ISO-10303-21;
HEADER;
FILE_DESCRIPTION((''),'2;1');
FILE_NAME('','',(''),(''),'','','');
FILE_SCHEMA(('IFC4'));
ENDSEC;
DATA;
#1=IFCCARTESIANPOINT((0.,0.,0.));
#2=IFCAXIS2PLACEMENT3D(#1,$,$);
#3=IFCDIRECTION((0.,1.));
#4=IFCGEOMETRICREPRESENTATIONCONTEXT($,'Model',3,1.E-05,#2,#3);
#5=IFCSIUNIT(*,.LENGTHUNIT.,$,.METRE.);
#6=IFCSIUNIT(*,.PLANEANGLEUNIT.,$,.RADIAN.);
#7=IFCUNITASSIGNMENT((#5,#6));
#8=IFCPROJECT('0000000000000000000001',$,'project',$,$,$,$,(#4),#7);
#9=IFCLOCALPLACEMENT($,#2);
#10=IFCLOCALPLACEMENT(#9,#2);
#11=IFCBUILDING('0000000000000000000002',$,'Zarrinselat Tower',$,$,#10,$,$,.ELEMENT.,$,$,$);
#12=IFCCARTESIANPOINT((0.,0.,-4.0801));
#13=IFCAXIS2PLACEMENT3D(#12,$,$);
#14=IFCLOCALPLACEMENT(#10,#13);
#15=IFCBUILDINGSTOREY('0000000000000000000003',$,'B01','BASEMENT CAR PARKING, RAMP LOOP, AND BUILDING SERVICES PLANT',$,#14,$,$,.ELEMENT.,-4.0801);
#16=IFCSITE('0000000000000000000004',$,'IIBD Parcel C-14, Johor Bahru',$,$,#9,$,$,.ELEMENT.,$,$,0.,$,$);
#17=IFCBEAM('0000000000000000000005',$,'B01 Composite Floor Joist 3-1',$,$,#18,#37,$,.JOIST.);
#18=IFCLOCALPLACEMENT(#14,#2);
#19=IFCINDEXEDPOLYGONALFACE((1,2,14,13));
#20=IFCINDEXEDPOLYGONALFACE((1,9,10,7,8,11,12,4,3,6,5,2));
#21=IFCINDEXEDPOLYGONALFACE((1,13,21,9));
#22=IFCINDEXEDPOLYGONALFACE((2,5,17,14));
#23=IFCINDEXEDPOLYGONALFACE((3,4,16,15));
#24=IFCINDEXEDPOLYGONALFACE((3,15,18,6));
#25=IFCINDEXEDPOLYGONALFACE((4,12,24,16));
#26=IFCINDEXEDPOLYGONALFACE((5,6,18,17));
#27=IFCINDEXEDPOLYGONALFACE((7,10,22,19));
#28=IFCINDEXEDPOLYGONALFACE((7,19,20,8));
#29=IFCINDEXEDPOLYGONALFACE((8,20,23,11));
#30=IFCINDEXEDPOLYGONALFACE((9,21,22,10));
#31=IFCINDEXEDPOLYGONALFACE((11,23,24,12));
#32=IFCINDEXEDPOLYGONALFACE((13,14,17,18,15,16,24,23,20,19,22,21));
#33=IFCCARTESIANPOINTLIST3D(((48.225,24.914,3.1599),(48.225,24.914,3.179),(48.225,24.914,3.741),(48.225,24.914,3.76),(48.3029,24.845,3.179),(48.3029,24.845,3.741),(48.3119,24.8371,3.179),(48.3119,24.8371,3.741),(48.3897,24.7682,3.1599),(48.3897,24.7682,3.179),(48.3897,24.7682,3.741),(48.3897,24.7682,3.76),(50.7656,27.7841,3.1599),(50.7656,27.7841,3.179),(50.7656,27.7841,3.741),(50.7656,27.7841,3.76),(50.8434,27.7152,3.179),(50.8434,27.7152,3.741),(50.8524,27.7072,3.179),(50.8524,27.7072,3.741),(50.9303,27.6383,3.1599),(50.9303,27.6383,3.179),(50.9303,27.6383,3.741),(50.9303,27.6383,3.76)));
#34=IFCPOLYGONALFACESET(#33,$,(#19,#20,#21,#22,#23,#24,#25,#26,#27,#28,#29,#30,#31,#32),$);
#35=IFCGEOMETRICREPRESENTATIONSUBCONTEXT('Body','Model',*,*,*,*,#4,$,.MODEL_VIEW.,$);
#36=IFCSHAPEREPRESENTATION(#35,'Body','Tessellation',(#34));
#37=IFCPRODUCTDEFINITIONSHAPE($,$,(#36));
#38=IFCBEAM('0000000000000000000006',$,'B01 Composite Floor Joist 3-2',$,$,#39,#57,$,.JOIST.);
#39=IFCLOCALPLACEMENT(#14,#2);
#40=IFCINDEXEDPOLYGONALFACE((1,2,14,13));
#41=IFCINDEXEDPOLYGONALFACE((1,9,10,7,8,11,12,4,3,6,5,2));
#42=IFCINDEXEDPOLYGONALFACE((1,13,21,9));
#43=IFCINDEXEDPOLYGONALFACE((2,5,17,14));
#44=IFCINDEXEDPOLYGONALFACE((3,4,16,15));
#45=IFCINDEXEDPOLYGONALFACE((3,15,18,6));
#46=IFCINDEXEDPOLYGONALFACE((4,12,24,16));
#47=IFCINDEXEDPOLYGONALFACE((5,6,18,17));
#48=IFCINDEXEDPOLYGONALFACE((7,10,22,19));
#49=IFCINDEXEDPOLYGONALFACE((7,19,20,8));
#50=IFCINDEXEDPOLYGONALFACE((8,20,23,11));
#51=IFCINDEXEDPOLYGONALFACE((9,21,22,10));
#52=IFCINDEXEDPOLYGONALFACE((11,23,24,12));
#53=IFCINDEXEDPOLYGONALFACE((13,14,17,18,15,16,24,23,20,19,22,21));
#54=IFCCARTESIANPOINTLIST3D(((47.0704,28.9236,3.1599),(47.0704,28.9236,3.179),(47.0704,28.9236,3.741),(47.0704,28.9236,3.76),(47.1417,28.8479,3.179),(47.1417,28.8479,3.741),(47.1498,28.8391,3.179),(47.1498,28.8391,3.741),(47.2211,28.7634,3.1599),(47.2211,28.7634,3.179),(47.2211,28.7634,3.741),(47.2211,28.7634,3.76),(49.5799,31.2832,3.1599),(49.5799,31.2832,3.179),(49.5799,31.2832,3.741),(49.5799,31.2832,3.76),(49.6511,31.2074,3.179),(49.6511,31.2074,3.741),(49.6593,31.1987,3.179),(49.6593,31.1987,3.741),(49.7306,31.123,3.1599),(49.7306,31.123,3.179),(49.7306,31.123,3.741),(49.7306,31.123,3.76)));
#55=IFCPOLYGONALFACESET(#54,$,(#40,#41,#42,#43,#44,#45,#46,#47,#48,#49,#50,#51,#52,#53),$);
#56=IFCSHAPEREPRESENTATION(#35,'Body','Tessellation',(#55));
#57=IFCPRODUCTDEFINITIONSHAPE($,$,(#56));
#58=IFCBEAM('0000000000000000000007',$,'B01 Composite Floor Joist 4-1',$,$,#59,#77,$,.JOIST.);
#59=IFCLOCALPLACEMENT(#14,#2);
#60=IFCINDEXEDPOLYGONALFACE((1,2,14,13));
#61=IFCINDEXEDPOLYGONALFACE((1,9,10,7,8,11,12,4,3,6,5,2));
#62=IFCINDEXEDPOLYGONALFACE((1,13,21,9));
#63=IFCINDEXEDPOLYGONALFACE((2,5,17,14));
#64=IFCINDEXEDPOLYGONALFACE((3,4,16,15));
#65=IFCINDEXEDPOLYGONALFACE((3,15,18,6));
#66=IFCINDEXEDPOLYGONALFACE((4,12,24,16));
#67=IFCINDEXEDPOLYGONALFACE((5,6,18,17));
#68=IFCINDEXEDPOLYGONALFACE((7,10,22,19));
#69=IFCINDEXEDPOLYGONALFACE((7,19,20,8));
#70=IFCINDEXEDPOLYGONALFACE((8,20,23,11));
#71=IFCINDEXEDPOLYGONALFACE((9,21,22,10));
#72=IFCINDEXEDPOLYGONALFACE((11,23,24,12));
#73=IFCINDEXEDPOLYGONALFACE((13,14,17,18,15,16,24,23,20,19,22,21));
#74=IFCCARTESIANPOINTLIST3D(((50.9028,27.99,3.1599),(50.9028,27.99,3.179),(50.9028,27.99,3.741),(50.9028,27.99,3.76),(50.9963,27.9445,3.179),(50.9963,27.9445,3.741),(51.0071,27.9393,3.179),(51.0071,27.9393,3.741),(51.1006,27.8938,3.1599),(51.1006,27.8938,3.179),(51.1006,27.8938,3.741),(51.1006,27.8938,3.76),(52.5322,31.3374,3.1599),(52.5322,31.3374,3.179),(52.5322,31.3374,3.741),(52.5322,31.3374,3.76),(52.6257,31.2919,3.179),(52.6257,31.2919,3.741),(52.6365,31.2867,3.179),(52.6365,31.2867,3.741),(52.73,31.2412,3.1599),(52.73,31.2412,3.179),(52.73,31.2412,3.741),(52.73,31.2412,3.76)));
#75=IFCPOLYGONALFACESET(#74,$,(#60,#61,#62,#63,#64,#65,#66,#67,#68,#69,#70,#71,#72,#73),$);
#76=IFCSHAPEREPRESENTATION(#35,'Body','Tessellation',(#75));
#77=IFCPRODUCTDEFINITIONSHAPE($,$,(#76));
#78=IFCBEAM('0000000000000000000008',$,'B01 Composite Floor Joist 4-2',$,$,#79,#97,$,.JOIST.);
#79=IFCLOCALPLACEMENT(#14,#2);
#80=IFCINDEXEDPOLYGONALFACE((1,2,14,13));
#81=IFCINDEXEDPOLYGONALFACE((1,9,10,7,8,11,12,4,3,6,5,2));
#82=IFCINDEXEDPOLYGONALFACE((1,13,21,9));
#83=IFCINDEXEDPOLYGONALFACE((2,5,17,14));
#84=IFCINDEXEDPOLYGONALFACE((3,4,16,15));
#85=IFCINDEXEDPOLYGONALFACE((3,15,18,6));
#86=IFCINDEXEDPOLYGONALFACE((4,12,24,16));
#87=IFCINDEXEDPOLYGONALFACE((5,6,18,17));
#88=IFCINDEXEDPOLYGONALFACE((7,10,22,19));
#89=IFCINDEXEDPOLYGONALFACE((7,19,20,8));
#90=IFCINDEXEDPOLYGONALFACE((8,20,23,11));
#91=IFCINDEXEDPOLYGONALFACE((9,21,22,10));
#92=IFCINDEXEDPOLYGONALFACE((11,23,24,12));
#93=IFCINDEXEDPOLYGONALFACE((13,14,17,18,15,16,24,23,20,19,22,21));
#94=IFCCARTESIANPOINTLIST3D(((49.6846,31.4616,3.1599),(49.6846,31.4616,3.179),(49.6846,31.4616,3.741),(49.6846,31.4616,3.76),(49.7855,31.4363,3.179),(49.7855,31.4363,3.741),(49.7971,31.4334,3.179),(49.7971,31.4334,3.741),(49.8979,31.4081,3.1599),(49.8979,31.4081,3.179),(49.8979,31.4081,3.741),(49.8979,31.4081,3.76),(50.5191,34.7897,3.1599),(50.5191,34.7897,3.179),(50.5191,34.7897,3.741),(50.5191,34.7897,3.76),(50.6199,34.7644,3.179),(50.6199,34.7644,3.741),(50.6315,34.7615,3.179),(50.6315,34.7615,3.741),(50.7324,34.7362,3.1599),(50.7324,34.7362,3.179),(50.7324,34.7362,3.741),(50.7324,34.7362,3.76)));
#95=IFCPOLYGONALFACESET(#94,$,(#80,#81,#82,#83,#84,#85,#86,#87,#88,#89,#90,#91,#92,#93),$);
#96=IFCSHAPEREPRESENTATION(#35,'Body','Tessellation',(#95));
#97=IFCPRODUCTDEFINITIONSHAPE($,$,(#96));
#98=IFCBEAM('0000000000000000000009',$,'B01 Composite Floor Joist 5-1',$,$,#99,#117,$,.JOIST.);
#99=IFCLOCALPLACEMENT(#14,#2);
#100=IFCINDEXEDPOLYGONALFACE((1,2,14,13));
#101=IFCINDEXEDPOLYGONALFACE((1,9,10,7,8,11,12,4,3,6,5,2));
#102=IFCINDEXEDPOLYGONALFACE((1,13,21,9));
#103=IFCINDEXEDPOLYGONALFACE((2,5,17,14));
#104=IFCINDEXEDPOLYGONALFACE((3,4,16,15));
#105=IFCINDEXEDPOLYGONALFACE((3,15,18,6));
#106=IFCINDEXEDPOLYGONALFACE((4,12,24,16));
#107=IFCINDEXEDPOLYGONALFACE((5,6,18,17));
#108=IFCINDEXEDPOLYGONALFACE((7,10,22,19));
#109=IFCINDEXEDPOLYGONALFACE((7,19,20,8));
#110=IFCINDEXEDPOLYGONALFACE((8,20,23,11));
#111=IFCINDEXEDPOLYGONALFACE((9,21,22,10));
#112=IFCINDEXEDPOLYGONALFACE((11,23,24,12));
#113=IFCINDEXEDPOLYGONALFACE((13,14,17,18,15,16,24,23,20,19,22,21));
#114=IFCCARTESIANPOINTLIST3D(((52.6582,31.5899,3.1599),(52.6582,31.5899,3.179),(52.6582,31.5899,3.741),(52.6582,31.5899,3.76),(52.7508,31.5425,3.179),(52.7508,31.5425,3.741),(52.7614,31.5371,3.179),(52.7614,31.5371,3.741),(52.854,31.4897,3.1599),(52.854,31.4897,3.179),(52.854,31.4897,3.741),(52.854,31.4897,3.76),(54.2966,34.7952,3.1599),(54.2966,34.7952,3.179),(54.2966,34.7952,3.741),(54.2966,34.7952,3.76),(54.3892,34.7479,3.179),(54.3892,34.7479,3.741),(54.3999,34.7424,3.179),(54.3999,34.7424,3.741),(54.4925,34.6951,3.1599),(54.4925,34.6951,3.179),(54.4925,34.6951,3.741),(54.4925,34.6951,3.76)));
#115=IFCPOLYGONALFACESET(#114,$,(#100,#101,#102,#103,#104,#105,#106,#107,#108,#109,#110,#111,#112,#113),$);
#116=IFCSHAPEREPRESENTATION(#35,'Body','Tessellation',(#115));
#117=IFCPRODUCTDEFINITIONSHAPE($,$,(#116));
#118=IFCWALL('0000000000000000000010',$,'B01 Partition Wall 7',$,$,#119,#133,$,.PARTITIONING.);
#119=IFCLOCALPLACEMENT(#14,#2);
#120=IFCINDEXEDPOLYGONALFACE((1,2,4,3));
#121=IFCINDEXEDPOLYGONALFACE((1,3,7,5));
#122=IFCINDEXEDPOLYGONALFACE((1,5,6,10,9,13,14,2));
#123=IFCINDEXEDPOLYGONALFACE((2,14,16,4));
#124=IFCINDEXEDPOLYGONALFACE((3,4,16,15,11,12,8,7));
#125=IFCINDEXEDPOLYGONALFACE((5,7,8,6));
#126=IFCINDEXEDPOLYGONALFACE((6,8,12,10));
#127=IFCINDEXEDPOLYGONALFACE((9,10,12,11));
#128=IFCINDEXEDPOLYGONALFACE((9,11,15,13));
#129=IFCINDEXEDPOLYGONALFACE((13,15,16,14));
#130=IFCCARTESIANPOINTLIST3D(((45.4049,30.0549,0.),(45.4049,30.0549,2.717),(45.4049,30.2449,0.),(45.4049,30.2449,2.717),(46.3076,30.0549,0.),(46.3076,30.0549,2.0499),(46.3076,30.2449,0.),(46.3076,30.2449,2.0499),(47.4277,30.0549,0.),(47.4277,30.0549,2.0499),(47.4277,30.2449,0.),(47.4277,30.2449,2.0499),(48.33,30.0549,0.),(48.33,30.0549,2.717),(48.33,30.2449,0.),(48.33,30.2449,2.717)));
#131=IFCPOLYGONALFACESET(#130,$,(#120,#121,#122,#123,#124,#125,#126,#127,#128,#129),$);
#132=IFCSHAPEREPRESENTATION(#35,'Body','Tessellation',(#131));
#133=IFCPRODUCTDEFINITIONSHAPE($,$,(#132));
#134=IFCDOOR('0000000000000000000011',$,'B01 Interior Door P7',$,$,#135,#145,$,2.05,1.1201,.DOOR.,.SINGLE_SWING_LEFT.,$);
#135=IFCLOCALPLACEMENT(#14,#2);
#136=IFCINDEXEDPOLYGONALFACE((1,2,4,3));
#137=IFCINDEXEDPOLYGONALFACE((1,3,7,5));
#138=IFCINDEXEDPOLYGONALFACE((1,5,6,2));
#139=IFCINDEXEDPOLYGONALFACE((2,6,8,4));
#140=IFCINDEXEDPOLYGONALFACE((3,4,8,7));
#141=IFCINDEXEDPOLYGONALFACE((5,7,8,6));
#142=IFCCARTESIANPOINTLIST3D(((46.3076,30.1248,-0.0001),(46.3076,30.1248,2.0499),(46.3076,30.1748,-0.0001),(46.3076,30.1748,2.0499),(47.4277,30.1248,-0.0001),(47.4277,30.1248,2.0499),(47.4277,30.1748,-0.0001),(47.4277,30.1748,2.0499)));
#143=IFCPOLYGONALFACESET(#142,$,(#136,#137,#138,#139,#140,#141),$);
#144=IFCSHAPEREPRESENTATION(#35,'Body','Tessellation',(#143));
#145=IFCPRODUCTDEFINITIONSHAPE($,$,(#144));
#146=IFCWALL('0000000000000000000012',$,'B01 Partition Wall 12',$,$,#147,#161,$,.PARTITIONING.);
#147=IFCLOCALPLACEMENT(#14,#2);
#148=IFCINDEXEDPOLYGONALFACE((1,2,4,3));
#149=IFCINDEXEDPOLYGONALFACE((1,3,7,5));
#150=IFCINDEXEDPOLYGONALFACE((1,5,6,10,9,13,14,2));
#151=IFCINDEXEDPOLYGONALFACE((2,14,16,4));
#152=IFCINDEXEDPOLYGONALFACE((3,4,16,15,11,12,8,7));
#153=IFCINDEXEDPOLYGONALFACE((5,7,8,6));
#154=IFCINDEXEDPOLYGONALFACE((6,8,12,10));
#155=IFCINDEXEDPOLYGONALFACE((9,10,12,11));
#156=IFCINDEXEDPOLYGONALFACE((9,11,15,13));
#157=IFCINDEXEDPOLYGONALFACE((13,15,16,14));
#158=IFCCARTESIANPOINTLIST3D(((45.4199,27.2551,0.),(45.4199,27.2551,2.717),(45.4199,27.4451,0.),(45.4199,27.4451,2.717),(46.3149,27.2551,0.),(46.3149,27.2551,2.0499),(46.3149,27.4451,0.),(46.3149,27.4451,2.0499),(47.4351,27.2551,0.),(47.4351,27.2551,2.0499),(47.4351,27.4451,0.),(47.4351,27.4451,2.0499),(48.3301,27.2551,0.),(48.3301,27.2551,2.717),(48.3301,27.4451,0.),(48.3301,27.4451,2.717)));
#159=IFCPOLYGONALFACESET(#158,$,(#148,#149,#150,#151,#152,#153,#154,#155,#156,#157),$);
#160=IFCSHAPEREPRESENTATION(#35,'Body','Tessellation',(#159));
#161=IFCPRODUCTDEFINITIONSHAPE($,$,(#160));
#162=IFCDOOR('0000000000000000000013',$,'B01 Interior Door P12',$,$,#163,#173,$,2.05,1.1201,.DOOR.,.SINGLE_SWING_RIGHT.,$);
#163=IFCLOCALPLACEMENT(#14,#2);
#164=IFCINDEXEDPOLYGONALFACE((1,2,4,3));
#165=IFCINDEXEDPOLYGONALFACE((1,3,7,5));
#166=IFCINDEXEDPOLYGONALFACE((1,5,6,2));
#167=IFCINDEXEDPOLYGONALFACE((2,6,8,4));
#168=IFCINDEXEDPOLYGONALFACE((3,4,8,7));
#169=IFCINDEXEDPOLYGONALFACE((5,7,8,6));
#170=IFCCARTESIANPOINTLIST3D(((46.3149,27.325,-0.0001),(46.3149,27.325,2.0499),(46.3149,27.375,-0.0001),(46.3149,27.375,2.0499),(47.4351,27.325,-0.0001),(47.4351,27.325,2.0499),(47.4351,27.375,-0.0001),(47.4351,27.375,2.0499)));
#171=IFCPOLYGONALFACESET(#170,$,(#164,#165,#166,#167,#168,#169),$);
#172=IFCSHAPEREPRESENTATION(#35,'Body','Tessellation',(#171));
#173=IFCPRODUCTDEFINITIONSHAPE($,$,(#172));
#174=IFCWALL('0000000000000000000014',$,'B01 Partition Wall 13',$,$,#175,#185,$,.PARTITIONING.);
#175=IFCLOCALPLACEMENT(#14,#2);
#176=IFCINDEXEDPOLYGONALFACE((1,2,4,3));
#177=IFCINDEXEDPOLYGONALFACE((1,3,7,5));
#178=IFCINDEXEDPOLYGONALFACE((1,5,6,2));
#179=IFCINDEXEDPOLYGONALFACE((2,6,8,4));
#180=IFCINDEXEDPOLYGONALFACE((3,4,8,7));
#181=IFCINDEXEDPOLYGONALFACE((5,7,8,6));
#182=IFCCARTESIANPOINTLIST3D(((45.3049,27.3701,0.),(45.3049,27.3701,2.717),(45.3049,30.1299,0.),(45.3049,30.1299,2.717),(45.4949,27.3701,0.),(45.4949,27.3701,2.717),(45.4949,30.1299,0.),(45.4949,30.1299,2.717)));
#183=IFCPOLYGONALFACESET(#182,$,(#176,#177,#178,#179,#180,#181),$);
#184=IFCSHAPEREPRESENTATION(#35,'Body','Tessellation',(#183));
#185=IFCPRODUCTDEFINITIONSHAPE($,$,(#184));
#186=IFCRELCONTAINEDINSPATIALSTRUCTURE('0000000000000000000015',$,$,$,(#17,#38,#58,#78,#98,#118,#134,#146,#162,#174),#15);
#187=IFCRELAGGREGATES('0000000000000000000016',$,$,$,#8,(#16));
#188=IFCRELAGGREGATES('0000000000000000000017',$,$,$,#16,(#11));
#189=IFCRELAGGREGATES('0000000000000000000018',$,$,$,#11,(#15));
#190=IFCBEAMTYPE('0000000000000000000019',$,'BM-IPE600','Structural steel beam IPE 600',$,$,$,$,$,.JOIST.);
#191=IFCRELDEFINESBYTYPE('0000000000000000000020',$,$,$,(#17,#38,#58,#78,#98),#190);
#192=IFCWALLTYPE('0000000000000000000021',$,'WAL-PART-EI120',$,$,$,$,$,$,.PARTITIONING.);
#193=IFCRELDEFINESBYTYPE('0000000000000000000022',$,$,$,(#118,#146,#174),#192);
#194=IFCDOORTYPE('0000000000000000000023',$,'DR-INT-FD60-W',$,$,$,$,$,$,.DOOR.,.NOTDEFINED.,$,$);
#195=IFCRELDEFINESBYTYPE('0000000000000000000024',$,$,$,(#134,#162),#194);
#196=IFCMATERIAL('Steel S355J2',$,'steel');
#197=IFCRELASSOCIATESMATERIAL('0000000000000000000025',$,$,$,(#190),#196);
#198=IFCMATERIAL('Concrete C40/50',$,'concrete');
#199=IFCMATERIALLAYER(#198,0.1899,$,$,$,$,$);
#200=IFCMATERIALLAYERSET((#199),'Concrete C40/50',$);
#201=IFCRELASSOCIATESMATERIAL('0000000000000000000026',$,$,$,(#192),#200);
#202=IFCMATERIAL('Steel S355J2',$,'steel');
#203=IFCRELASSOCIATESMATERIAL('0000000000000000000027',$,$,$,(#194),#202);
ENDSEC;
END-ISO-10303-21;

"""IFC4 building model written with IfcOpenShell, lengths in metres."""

from ifc_helpers import new_model, si_unit, direction, frame, frame_2d, origin, origin_2d, place, context, subcontext, project, spatial, rectangle, i_section, extrude, material, layer, layer_set, material_profile, profile_set, type_object, element, fill, save


model = new_model("IFC4")

# Units and contexts
model_context = context("Model", 3, precision=1e-05, world=origin(), true_north=direction((0.0, 1.0)))
body_context = subcontext(model_context, "Body", "Model", "MODEL_VIEW")
ifc_project = project(units=[si_unit("LENGTHUNIT", "METRE"), si_unit("PLANEANGLEUNIT", "RADIAN")], contexts=[model_context])

# Site, building, storey
site_placement = place(None, origin())
site = spatial("IfcSite", under=ifc_project, at=site_placement, Name="IIBD Parcel C-14, Johor Bahru", CompositionType="ELEMENT", RefElevation=0.0)
building_placement = place(site_placement, origin())
building = spatial("IfcBuilding", under=site, at=building_placement, Name="Zarrinselat Tower", CompositionType="ELEMENT")
storey_placement = place(building_placement, frame((0.0, 0.0, -4.0801)))
storey = spatial("IfcBuildingStorey", under=building, at=storey_placement, Name="B01", Description="BASEMENT CAR PARKING, RAMP LOOP, AND BUILDING SERVICES PLANT", CompositionType="ELEMENT", Elevation=-4.0801)

# Beams
ifc_material_1 = material(Name="Steel S355J2", Category="steel")
ifc_material_profile_1 = material_profile(ifc_material_1, i_section(OverallWidth=0.22, OverallDepth=0.6001, WebThickness=0.012, FlangeThickness=0.019, at=origin_2d()), Name="IPE 600")
ifc_profile_set_1 = profile_set([ifc_material_profile_1], Name="Steel S355J2")
beam_type_1 = type_object("IfcBeamType", Name="BM-IPE600", Description="Structural steel beam IPE 600", PredefinedType="JOIST", material=ifc_profile_set_1)
beam_1_placement = place(storey_placement, frame((48.3074, 24.8411, 3.46), z_axis=(0.662805, 0.748792, 0.0), x_axis=(-0.748792, 0.662805, 0.0)))
element("IfcBeam", 1, at=beam_1_placement, inside=storey, type_object=beam_type_1, Name="B01 Composite Floor Joist 3-1", PredefinedType="JOIST", context=body_context, shape_type="SweptSolid", body=[
    extrude(i_section(OverallWidth=0.22, OverallDepth=0.6001, WebThickness=0.012, FlangeThickness=0.019, at=origin_2d()), origin(), (0.0, 0.0, 1.0), 3.833),
])
beam_2_placement = place(storey_placement, frame((47.1458, 28.8435, 3.46), z_axis=(0.728531, 0.685013, 0.0), x_axis=(-0.685013, 0.728531, 0.0)))
element("IfcBeam", 2, at=beam_2_placement, inside=storey, type_object=beam_type_1, Name="B01 Composite Floor Joist 3-2", PredefinedType="JOIST", context=body_context, shape_type="SweptSolid", body=[
    extrude(i_section(OverallWidth=0.22, OverallDepth=0.6001, WebThickness=0.012, FlangeThickness=0.019, at=origin_2d()), origin(), (0.0, 0.0, 1.0), 3.4446),
])
beam_3_placement = place(storey_placement, frame((51.0017, 27.9419, 3.46), z_axis=(0.437666, 0.899137, 0.0), x_axis=(-0.899137, 0.437666, 0.0)))
element("IfcBeam", 3, at=beam_3_placement, inside=storey, type_object=beam_type_1, Name="B01 Composite Floor Joist 4-1", PredefinedType="JOIST", context=body_context, shape_type="SweptSolid", body=[
    extrude(i_section(OverallWidth=0.22, OverallDepth=0.6001, WebThickness=0.012, FlangeThickness=0.019, at=origin_2d()), origin(), (0.0, 0.0, 1.0), 3.7229),
])
beam_4_placement = place(storey_placement, frame((49.7913, 31.4348, 3.46), z_axis=(0.243205, 0.969975, 0.0), x_axis=(-0.969975, 0.243205, 0.0)))
element("IfcBeam", 4, at=beam_4_placement, inside=storey, type_object=beam_type_1, Name="B01 Composite Floor Joist 4-2", PredefinedType="JOIST", context=body_context, shape_type="SweptSolid", body=[
    extrude(i_section(OverallWidth=0.22, OverallDepth=0.6001, WebThickness=0.012, FlangeThickness=0.019, at=origin_2d()), origin(), (0.0, 0.0, 1.0), 3.4312),
])
beam_5_placement = place(storey_placement, frame((52.7561, 31.5398, 3.46), z_axis=(0.455145, 0.890418, 0.0), x_axis=(-0.890418, 0.455145, 0.0)))
element("IfcBeam", 5, at=beam_5_placement, inside=storey, type_object=beam_type_1, Name="B01 Composite Floor Joist 5-1", PredefinedType="JOIST", context=body_context, shape_type="SweptSolid", body=[
    extrude(i_section(OverallWidth=0.22, OverallDepth=0.6001, WebThickness=0.012, FlangeThickness=0.019, at=origin_2d()), origin(), (0.0, 0.0, 1.0), 3.5999),
])

# Walls, openings, doors
ifc_material_2 = material(Name="Concrete C40/50", Category="concrete")
ifc_layer_1 = layer(ifc_material_2, 0.1899)
ifc_layer_set_1 = layer_set([ifc_layer_1], Name="Concrete C40/50")
wall_type_1 = type_object("IfcWallType", Name="WAL-PART-EI120", PredefinedType="PARTITIONING", material=ifc_layer_set_1)
wall_1_placement = place(storey_placement, frame((45.405, 30.1499, 0.0), z_axis=(0.0, 0.0, 1.0), x_axis=(1.0, 0.0, 0.0)))
wall_1 = element("IfcWall", 6, at=wall_1_placement, inside=storey, type_object=wall_type_1, Name="B01 Partition Wall 7", PredefinedType="PARTITIONING", context=body_context, shape_type="SweptSolid", body=[
    extrude(rectangle(XDim=2.925, YDim=0.1899, at=frame_2d((1.4624, 0.0))), origin(), (0.0, 0.0, 1.0), 2.717),
])
opening_1_placement = place(wall_1_placement, frame((0.9026, 0.0, 0.0)))
opening_1 = element("IfcOpeningElement", 7, at=opening_1_placement, cuts=wall_1, PredefinedType="OPENING", context=body_context, shape_type="SweptSolid", body=[
    extrude(rectangle(XDim=1.1201, YDim=2.05, at=frame_2d((0.5601, 1.0249))), frame((0.0, 0.105, 0.0), z_axis=(0.0, -1.0, 0.0), x_axis=(1.0, 0.0, 0.0)), (0.0, 0.0, 1.0), 0.21),
])
ifc_material_3 = material(Name="Steel S355J2", Category="steel")
door_type = type_object("IfcDoorType", Name="DR-INT-FD60-W", OperationType="NOTDEFINED", PredefinedType="DOOR", material=ifc_material_3)
door_1_placement = place(opening_1_placement, origin())
door_1 = element("IfcDoor", 8, at=door_1_placement, inside=storey, type_object=door_type, Name="B01 Interior Door P7", OperationType="SINGLE_SWING_LEFT", OverallHeight=2.05, OverallWidth=1.1201, PredefinedType="DOOR", context=body_context, shape_type="SweptSolid", body=[
    extrude(rectangle(XDim=1.1201, YDim=2.05, at=frame_2d((0.5601, 1.0249))), frame((0.0, 0.0249, 0.0), z_axis=(0.0, -1.0, 0.0), x_axis=(1.0, 0.0, 0.0)), (0.0, 0.0, 1.0), 0.05),
])
fill(opening_1, door_1)
wall_2_placement = place(storey_placement, frame((45.4199, 27.3501, 0.0), z_axis=(0.0, 0.0, 1.0), x_axis=(1.0, 0.0, 0.0)))
wall_2 = element("IfcWall", 9, at=wall_2_placement, inside=storey, type_object=wall_type_1, Name="B01 Partition Wall 12", PredefinedType="PARTITIONING", context=body_context, shape_type="SweptSolid", body=[
    extrude(rectangle(XDim=2.9102, YDim=0.1899, at=frame_2d((1.4551, 0.0))), origin(), (0.0, 0.0, 1.0), 2.717),
])
opening_2_placement = place(wall_2_placement, frame((0.895, 0.0, 0.0)))
opening_2 = element("IfcOpeningElement", 10, at=opening_2_placement, cuts=wall_2, PredefinedType="OPENING", context=body_context, shape_type="SweptSolid", body=[
    extrude(rectangle(XDim=1.1201, YDim=2.05, at=frame_2d((0.5601, 1.0249))), frame((0.0, 0.105, 0.0), z_axis=(0.0, -1.0, 0.0), x_axis=(1.0, 0.0, 0.0)), (0.0, 0.0, 1.0), 0.21),
])
door_2_placement = place(opening_2_placement, origin())
door_2 = element("IfcDoor", 11, at=door_2_placement, inside=storey, type_object=door_type, Name="B01 Interior Door P12", OperationType="SINGLE_SWING_RIGHT", OverallHeight=2.05, OverallWidth=1.1201, PredefinedType="DOOR", context=body_context, shape_type="SweptSolid", body=[
    extrude(rectangle(XDim=1.1201, YDim=2.05, at=frame_2d((0.5601, 1.0249))), frame((0.0, 0.0249, 0.0), z_axis=(0.0, -1.0, 0.0), x_axis=(1.0, 0.0, 0.0)), (0.0, 0.0, 1.0), 0.05),
])
fill(opening_2, door_2)

# Wall
for number, where, z_axis, x_axis, name in (
    (12, (45.3999, 27.3701, 0.0), (0.0, 0.0, 1.0), (0.0, 1.0, 0.0), "B01 Partition Wall 13"),
):
    element("IfcWall", number, at=place(storey_placement, frame(where, z_axis=z_axis, x_axis=x_axis)), inside=storey, type_object=wall_type_1, Name=name, PredefinedType="PARTITIONING", context=body_context, shape_type="SweptSolid", body=[
        extrude(rectangle(XDim=2.7598, YDim=0.1899, at=frame_2d((1.3799, 0.0))), origin(), (0.0, 0.0, 1.0), 2.717),
    ])

save(model, "model.ifc")
